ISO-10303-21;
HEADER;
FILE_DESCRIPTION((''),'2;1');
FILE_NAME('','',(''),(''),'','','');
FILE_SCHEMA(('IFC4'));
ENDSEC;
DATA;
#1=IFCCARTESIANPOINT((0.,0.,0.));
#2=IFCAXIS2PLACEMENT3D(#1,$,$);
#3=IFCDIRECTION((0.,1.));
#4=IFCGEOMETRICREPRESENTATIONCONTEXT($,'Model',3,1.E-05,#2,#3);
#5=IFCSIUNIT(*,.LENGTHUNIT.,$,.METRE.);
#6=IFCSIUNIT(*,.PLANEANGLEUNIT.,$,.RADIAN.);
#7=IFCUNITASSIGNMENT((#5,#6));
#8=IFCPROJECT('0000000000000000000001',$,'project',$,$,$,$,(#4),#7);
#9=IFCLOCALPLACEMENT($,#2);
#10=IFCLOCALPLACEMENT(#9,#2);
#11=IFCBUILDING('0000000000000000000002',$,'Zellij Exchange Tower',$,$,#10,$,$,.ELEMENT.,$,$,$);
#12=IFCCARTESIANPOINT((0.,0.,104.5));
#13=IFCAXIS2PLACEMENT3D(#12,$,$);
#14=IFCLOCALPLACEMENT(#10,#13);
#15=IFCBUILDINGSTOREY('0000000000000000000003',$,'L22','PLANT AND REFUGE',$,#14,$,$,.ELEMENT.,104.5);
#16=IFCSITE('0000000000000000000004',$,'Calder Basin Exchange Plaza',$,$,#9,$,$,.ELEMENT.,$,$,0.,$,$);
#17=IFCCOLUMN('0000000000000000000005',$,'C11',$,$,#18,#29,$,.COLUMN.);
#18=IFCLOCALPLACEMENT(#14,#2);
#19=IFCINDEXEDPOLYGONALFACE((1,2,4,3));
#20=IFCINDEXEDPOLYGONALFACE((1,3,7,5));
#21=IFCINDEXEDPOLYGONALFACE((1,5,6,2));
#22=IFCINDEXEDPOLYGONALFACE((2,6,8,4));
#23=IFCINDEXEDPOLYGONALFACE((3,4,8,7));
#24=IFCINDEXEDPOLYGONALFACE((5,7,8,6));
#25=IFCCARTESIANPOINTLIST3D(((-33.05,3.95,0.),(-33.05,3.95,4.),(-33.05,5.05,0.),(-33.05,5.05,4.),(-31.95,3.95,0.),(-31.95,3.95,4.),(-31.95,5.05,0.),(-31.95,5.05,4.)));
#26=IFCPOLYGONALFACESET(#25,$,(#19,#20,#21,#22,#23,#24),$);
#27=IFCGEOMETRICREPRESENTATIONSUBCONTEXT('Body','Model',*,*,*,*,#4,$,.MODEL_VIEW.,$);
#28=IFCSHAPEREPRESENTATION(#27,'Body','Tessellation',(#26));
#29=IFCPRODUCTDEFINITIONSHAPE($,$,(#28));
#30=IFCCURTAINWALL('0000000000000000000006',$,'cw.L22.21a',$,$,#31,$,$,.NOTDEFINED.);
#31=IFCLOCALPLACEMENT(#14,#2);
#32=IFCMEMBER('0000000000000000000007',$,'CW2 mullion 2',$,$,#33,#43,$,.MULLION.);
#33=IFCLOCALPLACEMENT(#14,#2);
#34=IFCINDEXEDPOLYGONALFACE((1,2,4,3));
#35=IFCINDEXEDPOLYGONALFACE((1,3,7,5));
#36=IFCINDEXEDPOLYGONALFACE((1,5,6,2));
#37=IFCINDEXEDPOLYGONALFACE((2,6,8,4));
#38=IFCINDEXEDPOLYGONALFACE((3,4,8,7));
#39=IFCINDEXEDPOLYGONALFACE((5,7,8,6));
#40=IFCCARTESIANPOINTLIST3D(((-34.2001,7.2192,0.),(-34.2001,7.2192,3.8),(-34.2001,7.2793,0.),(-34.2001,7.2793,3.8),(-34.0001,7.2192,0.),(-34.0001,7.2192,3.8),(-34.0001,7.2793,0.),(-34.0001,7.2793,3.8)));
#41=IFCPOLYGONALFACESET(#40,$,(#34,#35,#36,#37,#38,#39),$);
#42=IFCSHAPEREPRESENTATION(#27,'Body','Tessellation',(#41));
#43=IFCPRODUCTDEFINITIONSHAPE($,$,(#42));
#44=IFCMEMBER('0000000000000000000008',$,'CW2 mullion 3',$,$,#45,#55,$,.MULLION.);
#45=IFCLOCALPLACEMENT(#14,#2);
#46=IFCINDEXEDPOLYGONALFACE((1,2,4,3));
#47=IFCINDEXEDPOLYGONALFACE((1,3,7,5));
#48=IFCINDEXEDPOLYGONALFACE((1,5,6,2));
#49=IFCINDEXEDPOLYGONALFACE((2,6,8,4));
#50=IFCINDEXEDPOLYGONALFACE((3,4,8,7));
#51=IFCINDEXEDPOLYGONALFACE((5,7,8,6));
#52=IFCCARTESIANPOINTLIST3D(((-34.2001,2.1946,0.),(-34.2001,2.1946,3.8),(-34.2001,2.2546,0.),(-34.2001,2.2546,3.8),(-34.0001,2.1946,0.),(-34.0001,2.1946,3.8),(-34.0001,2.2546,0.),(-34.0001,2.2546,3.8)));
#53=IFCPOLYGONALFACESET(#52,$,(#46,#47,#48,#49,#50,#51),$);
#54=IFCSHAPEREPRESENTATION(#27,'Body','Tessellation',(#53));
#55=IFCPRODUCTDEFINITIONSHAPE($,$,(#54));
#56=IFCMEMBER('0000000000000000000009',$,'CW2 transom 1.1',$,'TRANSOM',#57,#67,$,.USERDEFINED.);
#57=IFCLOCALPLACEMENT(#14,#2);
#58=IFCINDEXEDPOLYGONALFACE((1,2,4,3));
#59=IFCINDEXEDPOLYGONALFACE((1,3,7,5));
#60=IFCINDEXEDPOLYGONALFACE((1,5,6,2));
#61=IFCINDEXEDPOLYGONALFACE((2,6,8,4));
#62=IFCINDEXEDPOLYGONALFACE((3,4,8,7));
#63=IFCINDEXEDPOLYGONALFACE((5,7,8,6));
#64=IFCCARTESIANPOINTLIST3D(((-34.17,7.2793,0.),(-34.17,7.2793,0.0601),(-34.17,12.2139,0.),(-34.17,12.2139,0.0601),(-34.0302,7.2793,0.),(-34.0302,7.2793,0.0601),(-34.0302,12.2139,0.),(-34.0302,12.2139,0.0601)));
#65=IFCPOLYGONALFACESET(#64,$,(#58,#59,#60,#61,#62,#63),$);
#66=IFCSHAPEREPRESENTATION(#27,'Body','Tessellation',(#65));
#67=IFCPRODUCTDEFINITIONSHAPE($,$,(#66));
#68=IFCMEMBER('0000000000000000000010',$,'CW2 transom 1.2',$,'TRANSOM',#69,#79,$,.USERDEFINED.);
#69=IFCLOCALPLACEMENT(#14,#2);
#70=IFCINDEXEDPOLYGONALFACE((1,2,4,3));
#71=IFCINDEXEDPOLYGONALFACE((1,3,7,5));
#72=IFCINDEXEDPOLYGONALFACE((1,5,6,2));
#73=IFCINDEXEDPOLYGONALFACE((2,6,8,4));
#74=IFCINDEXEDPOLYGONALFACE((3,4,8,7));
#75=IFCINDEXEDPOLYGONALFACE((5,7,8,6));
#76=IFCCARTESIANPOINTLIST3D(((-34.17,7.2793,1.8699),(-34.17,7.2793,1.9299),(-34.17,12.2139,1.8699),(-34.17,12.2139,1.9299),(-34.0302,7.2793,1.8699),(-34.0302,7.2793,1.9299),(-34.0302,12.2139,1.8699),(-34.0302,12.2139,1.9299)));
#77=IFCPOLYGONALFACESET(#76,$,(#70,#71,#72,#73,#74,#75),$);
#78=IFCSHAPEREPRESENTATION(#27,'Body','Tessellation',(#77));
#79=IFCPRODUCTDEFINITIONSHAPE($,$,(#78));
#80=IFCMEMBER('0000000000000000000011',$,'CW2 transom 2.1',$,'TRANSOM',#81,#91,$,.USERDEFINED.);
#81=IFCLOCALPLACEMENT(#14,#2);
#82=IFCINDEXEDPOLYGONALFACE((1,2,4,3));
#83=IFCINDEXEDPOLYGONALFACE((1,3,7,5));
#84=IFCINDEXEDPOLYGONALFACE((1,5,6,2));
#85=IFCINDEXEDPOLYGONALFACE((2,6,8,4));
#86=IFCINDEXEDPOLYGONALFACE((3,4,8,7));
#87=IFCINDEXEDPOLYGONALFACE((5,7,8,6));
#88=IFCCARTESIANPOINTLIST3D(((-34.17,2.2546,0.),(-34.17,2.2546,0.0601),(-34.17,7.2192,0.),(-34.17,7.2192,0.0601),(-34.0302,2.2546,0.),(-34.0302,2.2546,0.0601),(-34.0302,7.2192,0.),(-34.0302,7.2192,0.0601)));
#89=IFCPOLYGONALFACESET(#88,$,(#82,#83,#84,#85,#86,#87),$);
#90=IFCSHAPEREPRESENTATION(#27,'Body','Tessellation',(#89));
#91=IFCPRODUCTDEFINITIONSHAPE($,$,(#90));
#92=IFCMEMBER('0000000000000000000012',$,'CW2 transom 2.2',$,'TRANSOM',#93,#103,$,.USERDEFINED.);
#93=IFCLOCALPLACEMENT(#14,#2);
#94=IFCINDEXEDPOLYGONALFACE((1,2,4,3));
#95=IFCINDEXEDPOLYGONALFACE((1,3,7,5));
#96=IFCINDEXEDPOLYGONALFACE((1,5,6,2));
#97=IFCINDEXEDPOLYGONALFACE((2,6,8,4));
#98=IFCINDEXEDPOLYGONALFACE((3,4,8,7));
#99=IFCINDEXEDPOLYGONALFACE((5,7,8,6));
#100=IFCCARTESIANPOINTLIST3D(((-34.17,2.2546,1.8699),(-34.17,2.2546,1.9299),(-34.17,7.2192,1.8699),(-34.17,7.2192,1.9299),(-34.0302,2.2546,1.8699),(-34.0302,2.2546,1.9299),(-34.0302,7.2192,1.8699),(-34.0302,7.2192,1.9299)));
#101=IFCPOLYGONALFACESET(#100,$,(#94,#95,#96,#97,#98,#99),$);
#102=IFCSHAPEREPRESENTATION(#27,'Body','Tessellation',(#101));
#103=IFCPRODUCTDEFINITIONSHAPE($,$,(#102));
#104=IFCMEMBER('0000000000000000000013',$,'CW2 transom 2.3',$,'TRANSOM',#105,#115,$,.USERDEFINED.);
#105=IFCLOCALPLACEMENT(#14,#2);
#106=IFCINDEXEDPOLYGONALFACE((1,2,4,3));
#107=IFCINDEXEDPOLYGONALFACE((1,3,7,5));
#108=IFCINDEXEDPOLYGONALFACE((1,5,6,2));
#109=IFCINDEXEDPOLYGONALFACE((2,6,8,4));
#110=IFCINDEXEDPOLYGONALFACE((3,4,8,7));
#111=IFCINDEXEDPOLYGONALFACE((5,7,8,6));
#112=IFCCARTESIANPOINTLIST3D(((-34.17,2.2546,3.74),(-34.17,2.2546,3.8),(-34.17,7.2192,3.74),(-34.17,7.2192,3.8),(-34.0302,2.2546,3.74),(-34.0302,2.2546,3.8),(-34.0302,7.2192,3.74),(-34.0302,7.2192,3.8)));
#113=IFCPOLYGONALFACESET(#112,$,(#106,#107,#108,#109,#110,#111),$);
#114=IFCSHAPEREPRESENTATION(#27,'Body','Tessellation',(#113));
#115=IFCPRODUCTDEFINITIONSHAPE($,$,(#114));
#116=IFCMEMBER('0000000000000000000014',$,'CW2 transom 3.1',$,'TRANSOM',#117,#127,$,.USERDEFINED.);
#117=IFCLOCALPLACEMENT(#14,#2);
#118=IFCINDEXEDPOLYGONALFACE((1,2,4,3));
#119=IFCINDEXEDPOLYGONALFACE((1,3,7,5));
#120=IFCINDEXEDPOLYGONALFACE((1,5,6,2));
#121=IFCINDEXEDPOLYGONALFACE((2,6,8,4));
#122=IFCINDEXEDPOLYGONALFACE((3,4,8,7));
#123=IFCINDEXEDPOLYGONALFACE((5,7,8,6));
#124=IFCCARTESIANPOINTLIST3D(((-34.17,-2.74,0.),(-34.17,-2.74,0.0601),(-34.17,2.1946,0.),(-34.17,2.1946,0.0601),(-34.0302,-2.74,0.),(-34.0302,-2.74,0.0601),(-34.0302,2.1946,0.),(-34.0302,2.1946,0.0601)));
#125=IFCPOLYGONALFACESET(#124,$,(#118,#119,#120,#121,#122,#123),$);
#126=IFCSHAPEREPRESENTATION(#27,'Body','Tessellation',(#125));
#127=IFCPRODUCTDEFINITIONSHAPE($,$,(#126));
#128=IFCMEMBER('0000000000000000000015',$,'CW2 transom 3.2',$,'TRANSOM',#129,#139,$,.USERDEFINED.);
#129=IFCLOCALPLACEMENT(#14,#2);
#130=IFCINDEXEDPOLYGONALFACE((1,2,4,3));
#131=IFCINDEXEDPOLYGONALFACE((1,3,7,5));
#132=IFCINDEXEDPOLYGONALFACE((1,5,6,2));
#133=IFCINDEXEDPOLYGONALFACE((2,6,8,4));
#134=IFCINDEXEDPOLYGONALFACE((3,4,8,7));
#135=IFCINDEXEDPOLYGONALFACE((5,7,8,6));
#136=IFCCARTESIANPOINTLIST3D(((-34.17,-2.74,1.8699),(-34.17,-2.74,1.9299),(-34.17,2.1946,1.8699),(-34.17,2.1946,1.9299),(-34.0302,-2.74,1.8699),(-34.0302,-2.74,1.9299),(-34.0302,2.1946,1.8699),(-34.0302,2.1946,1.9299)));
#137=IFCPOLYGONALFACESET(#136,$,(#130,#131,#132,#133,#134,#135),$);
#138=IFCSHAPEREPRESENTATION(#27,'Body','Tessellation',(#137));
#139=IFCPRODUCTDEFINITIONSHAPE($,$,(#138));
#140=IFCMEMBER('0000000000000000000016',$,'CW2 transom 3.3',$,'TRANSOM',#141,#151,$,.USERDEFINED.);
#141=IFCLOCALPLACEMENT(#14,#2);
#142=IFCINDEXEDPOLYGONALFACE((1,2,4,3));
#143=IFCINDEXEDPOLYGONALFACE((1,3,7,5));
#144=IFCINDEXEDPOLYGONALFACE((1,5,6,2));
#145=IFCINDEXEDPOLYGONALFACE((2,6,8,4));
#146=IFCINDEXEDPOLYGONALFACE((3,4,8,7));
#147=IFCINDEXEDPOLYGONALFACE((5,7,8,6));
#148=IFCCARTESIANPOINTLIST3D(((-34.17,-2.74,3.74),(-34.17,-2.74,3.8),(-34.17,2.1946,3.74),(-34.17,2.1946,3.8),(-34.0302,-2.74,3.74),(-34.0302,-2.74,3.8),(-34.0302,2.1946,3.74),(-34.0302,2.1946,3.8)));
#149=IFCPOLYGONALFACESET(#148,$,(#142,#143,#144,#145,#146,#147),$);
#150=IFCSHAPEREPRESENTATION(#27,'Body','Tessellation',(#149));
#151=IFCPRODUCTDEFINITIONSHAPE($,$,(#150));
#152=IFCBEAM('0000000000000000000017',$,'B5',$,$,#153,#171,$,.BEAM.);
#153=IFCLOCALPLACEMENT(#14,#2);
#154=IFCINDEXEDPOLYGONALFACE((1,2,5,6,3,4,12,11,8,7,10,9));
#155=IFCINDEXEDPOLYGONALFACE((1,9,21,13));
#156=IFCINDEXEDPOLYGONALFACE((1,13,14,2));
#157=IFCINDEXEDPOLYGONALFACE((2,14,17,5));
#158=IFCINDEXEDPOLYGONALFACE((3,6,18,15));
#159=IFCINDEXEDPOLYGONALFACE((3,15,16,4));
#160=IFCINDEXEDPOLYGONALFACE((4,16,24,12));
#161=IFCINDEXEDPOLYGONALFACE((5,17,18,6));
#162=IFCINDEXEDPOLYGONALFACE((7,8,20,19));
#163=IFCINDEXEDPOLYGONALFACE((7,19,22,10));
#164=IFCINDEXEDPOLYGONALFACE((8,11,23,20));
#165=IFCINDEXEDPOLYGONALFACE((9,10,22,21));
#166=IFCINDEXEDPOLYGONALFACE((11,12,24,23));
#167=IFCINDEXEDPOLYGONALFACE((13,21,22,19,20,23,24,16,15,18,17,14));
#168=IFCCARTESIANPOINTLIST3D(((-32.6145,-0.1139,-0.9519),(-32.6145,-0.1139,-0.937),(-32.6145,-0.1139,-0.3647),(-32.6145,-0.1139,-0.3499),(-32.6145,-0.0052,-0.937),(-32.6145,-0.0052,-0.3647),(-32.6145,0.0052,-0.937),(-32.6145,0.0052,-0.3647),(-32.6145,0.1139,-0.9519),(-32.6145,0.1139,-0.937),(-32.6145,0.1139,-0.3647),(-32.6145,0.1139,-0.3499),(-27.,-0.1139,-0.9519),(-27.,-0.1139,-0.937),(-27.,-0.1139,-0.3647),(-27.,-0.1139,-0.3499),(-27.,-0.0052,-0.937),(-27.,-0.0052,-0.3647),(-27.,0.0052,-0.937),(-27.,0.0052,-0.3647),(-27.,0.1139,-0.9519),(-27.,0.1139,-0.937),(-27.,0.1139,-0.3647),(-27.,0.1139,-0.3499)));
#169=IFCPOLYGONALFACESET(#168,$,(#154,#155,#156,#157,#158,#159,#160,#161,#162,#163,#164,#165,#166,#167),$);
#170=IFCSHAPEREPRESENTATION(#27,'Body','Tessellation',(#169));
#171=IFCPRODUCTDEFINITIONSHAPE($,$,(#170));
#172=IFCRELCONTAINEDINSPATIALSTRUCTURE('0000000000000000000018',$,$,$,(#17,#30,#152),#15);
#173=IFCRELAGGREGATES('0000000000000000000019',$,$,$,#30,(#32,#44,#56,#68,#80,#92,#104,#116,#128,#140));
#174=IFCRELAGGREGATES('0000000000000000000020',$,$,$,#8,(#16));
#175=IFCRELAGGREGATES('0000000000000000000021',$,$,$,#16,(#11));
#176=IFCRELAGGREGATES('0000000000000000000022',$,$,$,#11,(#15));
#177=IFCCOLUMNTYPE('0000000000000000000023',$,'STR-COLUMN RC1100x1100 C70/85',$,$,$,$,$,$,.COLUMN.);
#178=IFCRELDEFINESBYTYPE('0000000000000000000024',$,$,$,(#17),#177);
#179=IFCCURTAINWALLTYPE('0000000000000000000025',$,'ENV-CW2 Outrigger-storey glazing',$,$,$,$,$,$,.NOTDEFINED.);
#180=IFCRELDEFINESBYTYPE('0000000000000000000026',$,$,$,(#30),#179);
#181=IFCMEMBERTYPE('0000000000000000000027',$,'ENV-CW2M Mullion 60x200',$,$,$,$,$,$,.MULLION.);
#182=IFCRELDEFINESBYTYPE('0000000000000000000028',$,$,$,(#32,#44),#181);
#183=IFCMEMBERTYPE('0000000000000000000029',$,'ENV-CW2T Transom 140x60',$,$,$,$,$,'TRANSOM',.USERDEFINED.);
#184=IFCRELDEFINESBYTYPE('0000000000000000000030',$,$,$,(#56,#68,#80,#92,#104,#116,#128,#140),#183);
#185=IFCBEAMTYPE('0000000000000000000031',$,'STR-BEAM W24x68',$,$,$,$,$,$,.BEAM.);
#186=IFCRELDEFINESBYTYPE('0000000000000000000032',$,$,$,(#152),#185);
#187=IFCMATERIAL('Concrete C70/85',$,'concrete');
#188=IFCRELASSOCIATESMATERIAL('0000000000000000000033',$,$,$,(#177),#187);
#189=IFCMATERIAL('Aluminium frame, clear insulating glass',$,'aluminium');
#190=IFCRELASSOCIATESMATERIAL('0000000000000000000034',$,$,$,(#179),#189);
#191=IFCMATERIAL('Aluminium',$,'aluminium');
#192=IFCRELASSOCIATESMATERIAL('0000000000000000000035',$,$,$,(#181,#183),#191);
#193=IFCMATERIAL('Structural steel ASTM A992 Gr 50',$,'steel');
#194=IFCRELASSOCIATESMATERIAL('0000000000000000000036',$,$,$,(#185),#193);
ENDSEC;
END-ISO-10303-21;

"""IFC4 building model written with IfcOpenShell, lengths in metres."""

from ifc_helpers import new_model, si_unit, direction, frame, origin, origin_2d, place, context, subcontext, project, spatial, rectangle, i_section, extrude, material, material_profile, profile_set, type_object, element, aggregate, save


model = new_model("IFC4")

# Units and contexts
model_context = context("Model", 3, precision=1e-05, world=origin(), true_north=direction((0.0, 1.0)))
body_context = subcontext(model_context, "Body", "Model", "MODEL_VIEW")
ifc_project = project(units=[si_unit("LENGTHUNIT", "METRE"), si_unit("PLANEANGLEUNIT", "RADIAN")], contexts=[model_context])

# Site, building, storey
site_placement = place(None, origin())
site = spatial("IfcSite", under=ifc_project, at=site_placement, Name="Calder Basin Exchange Plaza", CompositionType="ELEMENT", RefElevation=0.0)
building_placement = place(site_placement, origin())
building = spatial("IfcBuilding", under=site, at=building_placement, Name="Zellij Exchange Tower", CompositionType="ELEMENT")
storey_placement = place(building_placement, frame((0.0, 0.0, 104.5)))
storey = spatial("IfcBuildingStorey", under=building, at=storey_placement, Name="L22", Description="PLANT AND REFUGE", CompositionType="ELEMENT", Elevation=104.5)

# Column
ifc_material_1 = material(Name="Concrete C70/85", Category="concrete")
ifc_material_profile_1 = material_profile(ifc_material_1, rectangle(XDim=1.1001, YDim=1.1001, at=origin_2d()), Name="STR-COLUMN RC1100x1100 C70/85")
ifc_profile_set_1 = profile_set([ifc_material_profile_1], Name="Concrete C70/85")
column_type = type_object("IfcColumnType", Name="STR-COLUMN RC1100x1100 C70/85", PredefinedType="COLUMN", material=ifc_profile_set_1)
column_placement = place(storey_placement, frame((-32.5, 4.5, 0.0), z_axis=(0.0, 0.0, 1.0), x_axis=(1.0, 0.0, 0.0)))
element("IfcColumn", 1, at=column_placement, inside=storey, type_object=column_type, Name="C11", PredefinedType="COLUMN", context=body_context, shape_type="SweptSolid", body=[
    extrude(rectangle(XDim=1.1001, YDim=1.1001, at=origin_2d()), origin(), (0.0, 0.0, 1.0), 4.0),
])

# Curtain wall, members
ifc_material_2 = material(Name="Aluminium frame, clear insulating glass", Category="aluminium")
curtain_wall_type = type_object("IfcCurtainWallType", Name="ENV-CW2 Outrigger-storey glazing", PredefinedType="NOTDEFINED", material=ifc_material_2)
curtain_wall_placement = place(storey_placement, origin())
curtain_wall = element("IfcCurtainWall", 2, at=curtain_wall_placement, inside=storey, type_object=curtain_wall_type, Name="cw.L22.21a", PredefinedType="NOTDEFINED")
ifc_material_3 = material(Name="Aluminium", Category="aluminium")
ifc_material_profile_2 = material_profile(ifc_material_3, rectangle(XDim=0.0601, YDim=0.2, at=origin_2d()), Name="AL 60x200")
ifc_profile_set_2 = profile_set([ifc_material_profile_2], Name="Aluminium")
member_type_1 = type_object("IfcMemberType", Name="ENV-CW2M Mullion 60x200", PredefinedType="MULLION", material=ifc_profile_set_2)
member_1_placement = place(storey_placement, frame((-34.1001, 7.2493, 0.0), z_axis=(0.0, 0.0, 1.0), x_axis=(0.0, -1.0, 0.0)))
member_1 = element("IfcMember", 3, at=member_1_placement, type_object=member_type_1, Name="CW2 mullion 2", PredefinedType="MULLION", context=body_context, shape_type="SweptSolid", body=[
    extrude(rectangle(XDim=0.0601, YDim=0.2, at=origin_2d()), origin(), (0.0, 0.0, 1.0), 3.8),
])
member_2_placement = place(storey_placement, frame((-34.1001, 2.2246, 0.0), z_axis=(0.0, 0.0, 1.0), x_axis=(0.0, -1.0, 0.0)))
member_2 = element("IfcMember", 4, at=member_2_placement, type_object=member_type_1, Name="CW2 mullion 3", PredefinedType="MULLION", context=body_context, shape_type="SweptSolid", body=[
    extrude(rectangle(XDim=0.0601, YDim=0.2, at=origin_2d()), origin(), (0.0, 0.0, 1.0), 3.8),
])
ifc_material_profile_3 = material_profile(ifc_material_3, rectangle(XDim=0.1399, YDim=0.0601, at=origin_2d()), Name="AL 140x60")
ifc_profile_set_3 = profile_set([ifc_material_profile_3], Name="Aluminium")
member_type_2 = type_object("IfcMemberType", Name="ENV-CW2T Transom 140x60", ElementType="TRANSOM", PredefinedType="USERDEFINED", material=ifc_profile_set_3)
member_3_placement = place(storey_placement, frame((-34.1001, 12.2139, 0.03), z_axis=(0.0, -1.0, 0.0), x_axis=(1.0, 0.0, 0.0)))
member_3 = element("IfcMember", 5, at=member_3_placement, type_object=member_type_2, Name="CW2 transom 1.1", ObjectType="TRANSOM", PredefinedType="USERDEFINED", context=body_context, shape_type="SweptSolid", body=[
    extrude(rectangle(XDim=0.1399, YDim=0.0601, at=origin_2d()), origin(), (0.0, 0.0, 1.0), 4.9346),
])
member_4_placement = place(storey_placement, frame((-34.1001, 12.2139, 1.8999), z_axis=(0.0, -1.0, 0.0), x_axis=(1.0, 0.0, 0.0)))
member_4 = element("IfcMember", 6, at=member_4_placement, type_object=member_type_2, Name="CW2 transom 1.2", ObjectType="TRANSOM", PredefinedType="USERDEFINED", context=body_context, shape_type="SweptSolid", body=[
    extrude(rectangle(XDim=0.1399, YDim=0.0601, at=origin_2d()), origin(), (0.0, 0.0, 1.0), 4.9346),
])
member_5_placement = place(storey_placement, frame((-34.1001, 7.2192, 0.03), z_axis=(0.0, -1.0, 0.0), x_axis=(1.0, 0.0, 0.0)))
member_5 = element("IfcMember", 7, at=member_5_placement, type_object=member_type_2, Name="CW2 transom 2.1", ObjectType="TRANSOM", PredefinedType="USERDEFINED", context=body_context, shape_type="SweptSolid", body=[
    extrude(rectangle(XDim=0.1399, YDim=0.0601, at=origin_2d()), origin(), (0.0, 0.0, 1.0), 4.9646),
])
member_6_placement = place(storey_placement, frame((-34.1001, 7.2192, 1.8999), z_axis=(0.0, -1.0, 0.0), x_axis=(1.0, 0.0, 0.0)))
member_6 = element("IfcMember", 8, at=member_6_placement, type_object=member_type_2, Name="CW2 transom 2.2", ObjectType="TRANSOM", PredefinedType="USERDEFINED", context=body_context, shape_type="SweptSolid", body=[
    extrude(rectangle(XDim=0.1399, YDim=0.0601, at=origin_2d()), origin(), (0.0, 0.0, 1.0), 4.9646),
])
member_7_placement = place(storey_placement, frame((-34.1001, 7.2192, 3.77), z_axis=(0.0, -1.0, 0.0), x_axis=(1.0, 0.0, 0.0)))
member_7 = element("IfcMember", 9, at=member_7_placement, type_object=member_type_2, Name="CW2 transom 2.3", ObjectType="TRANSOM", PredefinedType="USERDEFINED", context=body_context, shape_type="SweptSolid", body=[
    extrude(rectangle(XDim=0.1399, YDim=0.0601, at=origin_2d()), origin(), (0.0, 0.0, 1.0), 4.9646),
])
member_8_placement = place(storey_placement, frame((-34.1001, 2.1946, 0.03), z_axis=(0.0, -1.0, 0.0), x_axis=(1.0, 0.0, 0.0)))
member_8 = element("IfcMember", 10, at=member_8_placement, type_object=member_type_2, Name="CW2 transom 3.1", ObjectType="TRANSOM", PredefinedType="USERDEFINED", context=body_context, shape_type="SweptSolid", body=[
    extrude(rectangle(XDim=0.1399, YDim=0.0601, at=origin_2d()), origin(), (0.0, 0.0, 1.0), 4.9346),
])
member_9_placement = place(storey_placement, frame((-34.1001, 2.1946, 1.8999), z_axis=(0.0, -1.0, 0.0), x_axis=(1.0, 0.0, 0.0)))
member_9 = element("IfcMember", 11, at=member_9_placement, type_object=member_type_2, Name="CW2 transom 3.2", ObjectType="TRANSOM", PredefinedType="USERDEFINED", context=body_context, shape_type="SweptSolid", body=[
    extrude(rectangle(XDim=0.1399, YDim=0.0601, at=origin_2d()), origin(), (0.0, 0.0, 1.0), 4.9346),
])
member_10_placement = place(storey_placement, frame((-34.1001, 2.1946, 3.77), z_axis=(0.0, -1.0, 0.0), x_axis=(1.0, 0.0, 0.0)))
member_10 = element("IfcMember", 12, at=member_10_placement, type_object=member_type_2, Name="CW2 transom 3.3", ObjectType="TRANSOM", PredefinedType="USERDEFINED", context=body_context, shape_type="SweptSolid", body=[
    extrude(rectangle(XDim=0.1399, YDim=0.0601, at=origin_2d()), origin(), (0.0, 0.0, 1.0), 4.9346),
])

# Beam
ifc_material_4 = material(Name="Structural steel ASTM A992 Gr 50", Category="steel")
ifc_material_profile_4 = material_profile(ifc_material_4, i_section(OverallWidth=0.2278, OverallDepth=0.6021, WebThickness=0.0105, FlangeThickness=0.0149, at=origin_2d()), Name="W24x68")
ifc_profile_set_4 = profile_set([ifc_material_profile_4], Name="Structural steel ASTM A992 Gr 50")
beam_type_1 = type_object("IfcBeamType", Name="STR-BEAM W24x68", PredefinedType="BEAM", material=ifc_profile_set_4)
beam_1_placement = place(storey_placement, frame((-32.6145, 0.0, -0.6509), z_axis=(1.0, 0.0, 0.0), x_axis=(0.0, 1.0, 0.0)))
element("IfcBeam", 13, at=beam_1_placement, inside=storey, type_object=beam_type_1, Name="B5", PredefinedType="BEAM", context=body_context, shape_type="SweptSolid", body=[
    extrude(i_section(OverallWidth=0.2278, OverallDepth=0.6021, WebThickness=0.0105, FlangeThickness=0.0149, at=origin_2d()), origin(), (0.0, 0.0, 1.0), 5.6145),
])

aggregate(curtain_wall, [member_1, member_2, member_3, member_4, member_5, member_6, member_7, member_8, member_9, member_10])

save(model, "model.ifc")
